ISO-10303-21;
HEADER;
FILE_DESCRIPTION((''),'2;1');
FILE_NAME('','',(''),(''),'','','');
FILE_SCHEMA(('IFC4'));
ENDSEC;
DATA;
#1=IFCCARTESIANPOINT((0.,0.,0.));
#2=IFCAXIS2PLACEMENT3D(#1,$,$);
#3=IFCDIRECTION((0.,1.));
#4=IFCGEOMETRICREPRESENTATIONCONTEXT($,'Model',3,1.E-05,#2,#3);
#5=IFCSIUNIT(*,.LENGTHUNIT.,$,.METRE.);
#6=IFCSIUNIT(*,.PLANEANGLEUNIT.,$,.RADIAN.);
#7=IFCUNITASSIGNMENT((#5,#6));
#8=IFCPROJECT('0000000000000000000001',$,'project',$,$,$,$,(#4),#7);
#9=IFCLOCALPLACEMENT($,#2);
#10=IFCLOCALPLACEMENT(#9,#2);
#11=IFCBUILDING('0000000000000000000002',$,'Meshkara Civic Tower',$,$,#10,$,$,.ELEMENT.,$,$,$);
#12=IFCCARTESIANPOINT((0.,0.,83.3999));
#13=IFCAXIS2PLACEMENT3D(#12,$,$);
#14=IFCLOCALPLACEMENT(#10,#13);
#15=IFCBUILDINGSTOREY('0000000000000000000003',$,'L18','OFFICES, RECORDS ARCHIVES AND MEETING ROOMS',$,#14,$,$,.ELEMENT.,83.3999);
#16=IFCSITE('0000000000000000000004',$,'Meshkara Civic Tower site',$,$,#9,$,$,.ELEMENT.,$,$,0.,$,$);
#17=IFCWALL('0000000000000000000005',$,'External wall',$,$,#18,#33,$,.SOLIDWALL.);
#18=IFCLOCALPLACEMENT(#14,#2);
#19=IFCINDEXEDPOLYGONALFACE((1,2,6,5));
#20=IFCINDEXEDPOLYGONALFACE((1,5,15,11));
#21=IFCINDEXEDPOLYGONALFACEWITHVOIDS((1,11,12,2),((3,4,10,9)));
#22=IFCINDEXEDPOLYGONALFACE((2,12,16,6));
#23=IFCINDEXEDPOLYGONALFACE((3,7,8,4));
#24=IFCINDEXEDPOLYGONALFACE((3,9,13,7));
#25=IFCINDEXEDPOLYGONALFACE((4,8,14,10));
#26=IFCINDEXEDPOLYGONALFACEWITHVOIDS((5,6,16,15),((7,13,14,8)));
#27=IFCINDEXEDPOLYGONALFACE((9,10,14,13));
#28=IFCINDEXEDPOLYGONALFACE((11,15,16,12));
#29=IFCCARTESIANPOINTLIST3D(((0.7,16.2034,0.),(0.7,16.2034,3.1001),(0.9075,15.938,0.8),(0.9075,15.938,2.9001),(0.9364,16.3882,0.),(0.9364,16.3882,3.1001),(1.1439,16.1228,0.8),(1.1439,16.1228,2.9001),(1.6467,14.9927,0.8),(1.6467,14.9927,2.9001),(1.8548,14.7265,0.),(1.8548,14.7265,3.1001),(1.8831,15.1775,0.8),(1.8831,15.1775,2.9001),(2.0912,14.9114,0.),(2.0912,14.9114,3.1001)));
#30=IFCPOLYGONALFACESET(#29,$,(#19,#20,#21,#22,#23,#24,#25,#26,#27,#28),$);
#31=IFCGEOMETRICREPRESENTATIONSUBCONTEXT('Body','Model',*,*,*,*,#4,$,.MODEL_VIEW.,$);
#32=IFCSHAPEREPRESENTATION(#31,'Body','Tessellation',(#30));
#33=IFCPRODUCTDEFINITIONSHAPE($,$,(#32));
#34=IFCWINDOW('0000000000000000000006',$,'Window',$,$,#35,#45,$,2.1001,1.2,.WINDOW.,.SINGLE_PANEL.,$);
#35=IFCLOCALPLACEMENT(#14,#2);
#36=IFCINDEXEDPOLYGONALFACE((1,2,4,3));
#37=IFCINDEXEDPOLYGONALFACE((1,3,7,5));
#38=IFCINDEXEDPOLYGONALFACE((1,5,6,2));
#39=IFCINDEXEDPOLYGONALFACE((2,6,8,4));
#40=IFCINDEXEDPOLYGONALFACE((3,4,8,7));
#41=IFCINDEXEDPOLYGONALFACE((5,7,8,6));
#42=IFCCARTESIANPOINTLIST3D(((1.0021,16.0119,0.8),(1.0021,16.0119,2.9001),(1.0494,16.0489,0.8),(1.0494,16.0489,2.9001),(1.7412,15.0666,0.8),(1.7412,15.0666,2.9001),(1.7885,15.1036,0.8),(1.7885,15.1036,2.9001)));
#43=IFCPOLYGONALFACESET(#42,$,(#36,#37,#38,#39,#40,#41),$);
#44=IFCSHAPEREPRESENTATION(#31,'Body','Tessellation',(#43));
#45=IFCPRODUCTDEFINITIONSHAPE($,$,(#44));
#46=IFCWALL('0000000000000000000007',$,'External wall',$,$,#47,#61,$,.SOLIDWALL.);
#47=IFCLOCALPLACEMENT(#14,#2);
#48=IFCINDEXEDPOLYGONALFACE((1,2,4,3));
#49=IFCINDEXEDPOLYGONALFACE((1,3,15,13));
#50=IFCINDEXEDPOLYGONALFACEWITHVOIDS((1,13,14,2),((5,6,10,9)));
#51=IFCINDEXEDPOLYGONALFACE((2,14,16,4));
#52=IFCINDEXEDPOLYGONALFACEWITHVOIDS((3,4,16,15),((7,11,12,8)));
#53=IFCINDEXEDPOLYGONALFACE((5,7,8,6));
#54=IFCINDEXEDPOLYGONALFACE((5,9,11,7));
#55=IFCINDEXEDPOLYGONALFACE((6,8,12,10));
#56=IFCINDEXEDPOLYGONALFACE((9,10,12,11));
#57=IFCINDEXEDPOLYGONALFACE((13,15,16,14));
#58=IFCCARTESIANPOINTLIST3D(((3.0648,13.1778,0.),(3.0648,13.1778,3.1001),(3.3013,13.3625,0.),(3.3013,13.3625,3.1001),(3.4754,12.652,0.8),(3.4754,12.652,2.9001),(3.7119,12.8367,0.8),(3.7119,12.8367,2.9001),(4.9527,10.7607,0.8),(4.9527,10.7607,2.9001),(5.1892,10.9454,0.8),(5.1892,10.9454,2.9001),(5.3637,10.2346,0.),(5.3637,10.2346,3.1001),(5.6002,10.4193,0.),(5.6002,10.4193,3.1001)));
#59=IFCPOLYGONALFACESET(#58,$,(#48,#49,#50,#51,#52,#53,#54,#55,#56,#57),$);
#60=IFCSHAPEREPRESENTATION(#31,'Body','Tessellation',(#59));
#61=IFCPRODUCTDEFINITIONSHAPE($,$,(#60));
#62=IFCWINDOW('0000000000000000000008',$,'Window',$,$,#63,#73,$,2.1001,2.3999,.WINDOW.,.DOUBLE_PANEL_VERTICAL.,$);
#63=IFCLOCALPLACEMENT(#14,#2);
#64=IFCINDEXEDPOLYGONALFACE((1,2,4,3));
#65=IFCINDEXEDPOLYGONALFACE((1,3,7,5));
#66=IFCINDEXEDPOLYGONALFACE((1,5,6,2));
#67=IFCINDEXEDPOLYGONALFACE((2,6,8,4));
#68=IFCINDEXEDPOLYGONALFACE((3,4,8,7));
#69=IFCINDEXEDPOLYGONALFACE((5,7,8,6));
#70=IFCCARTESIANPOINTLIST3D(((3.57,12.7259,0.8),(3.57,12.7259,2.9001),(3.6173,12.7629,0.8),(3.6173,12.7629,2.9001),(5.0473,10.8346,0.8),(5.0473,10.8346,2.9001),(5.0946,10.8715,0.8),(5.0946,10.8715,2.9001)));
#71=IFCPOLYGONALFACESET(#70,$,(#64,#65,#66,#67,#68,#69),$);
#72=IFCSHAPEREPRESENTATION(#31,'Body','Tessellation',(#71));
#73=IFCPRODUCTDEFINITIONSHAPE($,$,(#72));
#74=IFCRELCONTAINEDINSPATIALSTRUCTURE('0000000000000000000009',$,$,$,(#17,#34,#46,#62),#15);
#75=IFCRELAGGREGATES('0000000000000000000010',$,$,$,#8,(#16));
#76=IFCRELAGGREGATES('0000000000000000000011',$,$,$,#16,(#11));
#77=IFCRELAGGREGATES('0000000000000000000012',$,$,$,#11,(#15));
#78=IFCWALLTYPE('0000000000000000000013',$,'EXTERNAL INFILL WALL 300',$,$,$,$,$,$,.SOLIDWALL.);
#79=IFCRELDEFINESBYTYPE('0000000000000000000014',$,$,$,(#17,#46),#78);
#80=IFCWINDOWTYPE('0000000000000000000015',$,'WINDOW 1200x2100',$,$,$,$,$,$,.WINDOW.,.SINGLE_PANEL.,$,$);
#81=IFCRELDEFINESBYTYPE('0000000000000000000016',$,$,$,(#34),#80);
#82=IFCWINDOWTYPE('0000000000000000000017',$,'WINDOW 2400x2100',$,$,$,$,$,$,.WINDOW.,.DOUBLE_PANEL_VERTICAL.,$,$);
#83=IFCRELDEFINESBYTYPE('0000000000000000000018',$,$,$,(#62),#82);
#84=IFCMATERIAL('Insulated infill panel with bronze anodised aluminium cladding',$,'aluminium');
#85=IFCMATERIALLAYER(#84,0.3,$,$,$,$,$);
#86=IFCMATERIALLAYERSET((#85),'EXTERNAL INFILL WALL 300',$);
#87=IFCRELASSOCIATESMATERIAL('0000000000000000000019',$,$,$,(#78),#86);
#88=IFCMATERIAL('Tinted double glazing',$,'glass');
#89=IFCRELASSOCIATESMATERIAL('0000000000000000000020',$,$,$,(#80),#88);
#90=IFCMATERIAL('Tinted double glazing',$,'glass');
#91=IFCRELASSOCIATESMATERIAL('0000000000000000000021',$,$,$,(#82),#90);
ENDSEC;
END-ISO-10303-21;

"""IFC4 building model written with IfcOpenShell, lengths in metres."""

from ifc_helpers import new_model, si_unit, direction, frame, frame_2d, origin, place, context, subcontext, project, spatial, rectangle, extrude, material, layer, layer_set, type_object, element, fill, save


model = new_model("IFC4")

# Units and contexts
model_context = context("Model", 3, precision=1e-05, world=origin(), true_north=direction((0.0, 1.0)))
body_context = subcontext(model_context, "Body", "Model", "MODEL_VIEW")
ifc_project = project(units=[si_unit("LENGTHUNIT", "METRE"), si_unit("PLANEANGLEUNIT", "RADIAN")], contexts=[model_context])

# Site, building, storey
site_placement = place(None, origin())
site = spatial("IfcSite", under=ifc_project, at=site_placement, Name="Meshkara Civic Tower site", CompositionType="ELEMENT", RefElevation=0.0)
building_placement = place(site_placement, origin())
building = spatial("IfcBuilding", under=site, at=building_placement, Name="Meshkara Civic Tower", CompositionType="ELEMENT")
storey_placement = place(building_placement, frame((0.0, 0.0, 83.3999)))
storey = spatial("IfcBuildingStorey", under=building, at=storey_placement, Name="L18", Description="OFFICES, RECORDS ARCHIVES AND MEETING ROOMS", CompositionType="ELEMENT", Elevation=83.3999)

# Walls, openings, windows
ifc_material_1 = material(Name="Insulated infill panel with bronze anodised aluminium cladding", Category="aluminium")
ifc_layer_1 = layer(ifc_material_1, 0.3)
ifc_layer_set_1 = layer_set([ifc_layer_1], Name="EXTERNAL INFILL WALL 300")
wall_type_1 = type_object("IfcWallType", Name="EXTERNAL INFILL WALL 300", PredefinedType="SOLIDWALL", material=ifc_layer_set_1)
wall_1_placement = place(storey_placement, frame((0.8181, 16.2959, 0.0), z_axis=(0.0, 0.0, 1.0), x_axis=(0.615985, -0.787758, 0.0)))
wall_1 = element("IfcWall", 1, at=wall_1_placement, inside=storey, type_object=wall_type_1, Name="External wall", PredefinedType="SOLIDWALL", context=body_context, shape_type="SweptSolid", body=[
    extrude(rectangle(XDim=1.8748, YDim=0.3, at=frame_2d((0.9375, 0.0))), origin(), (0.0, 0.0, 1.0), 3.1001),
])
opening_1_placement = place(wall_1_placement, frame((0.3369, 0.0, 0.8)))
opening_1 = element("IfcOpeningElement", 2, at=opening_1_placement, cuts=wall_1, PredefinedType="OPENING", context=body_context, shape_type="SweptSolid", body=[
    extrude(rectangle(XDim=1.2, YDim=2.1001, at=frame_2d((0.6001, 1.05))), frame((0.0, 0.1599, 0.0), z_axis=(0.0, -1.0, 0.0), x_axis=(1.0, 0.0, 0.0)), (0.0, 0.0, 1.0), 0.3201),
])
ifc_material_2 = material(Name="Tinted double glazing", Category="glass")
window_type_1 = type_object("IfcWindowType", Name="WINDOW 1200x2100", PartitioningType="SINGLE_PANEL", PredefinedType="WINDOW", material=ifc_material_2)
window_1_placement = place(opening_1_placement, origin())
window_1 = element("IfcWindow", 3, at=window_1_placement, inside=storey, type_object=window_type_1, Name="Window", OverallHeight=2.1001, OverallWidth=1.2, PartitioningType="SINGLE_PANEL", PredefinedType="WINDOW", context=body_context, shape_type="SweptSolid", body=[
    extrude(rectangle(XDim=1.2, YDim=2.1001, at=frame_2d((0.6001, 1.05))), frame((0.0, 0.03, 0.0), z_axis=(0.0, -1.0, 0.0), x_axis=(1.0, 0.0, 0.0)), (0.0, 0.0, 1.0), 0.0601),
])
fill(opening_1, window_1)
wall_2_placement = place(storey_placement, frame((3.1831, 13.27, 0.0), z_axis=(0.0, 0.0, 1.0), x_axis=(0.615564, -0.788087, 0.0)))
wall_2 = element("IfcWall", 4, at=wall_2_placement, inside=storey, type_object=wall_type_1, Name="External wall", PredefinedType="SOLIDWALL", context=body_context, shape_type="SweptSolid", body=[
    extrude(rectangle(XDim=3.7346, YDim=0.3, at=frame_2d((1.8672, 0.0))), origin(), (0.0, 0.0, 1.0), 3.1001),
])
opening_2_placement = place(wall_2_placement, frame((0.667, 0.0, 0.8)))
opening_2 = element("IfcOpeningElement", 5, at=opening_2_placement, cuts=wall_2, PredefinedType="OPENING", context=body_context, shape_type="SweptSolid", body=[
    extrude(rectangle(XDim=2.3999, YDim=2.1001, at=frame_2d((1.2, 1.05))), frame((0.0, 0.1599, 0.0), z_axis=(0.0, -1.0, 0.0), x_axis=(1.0, 0.0, 0.0)), (0.0, 0.0, 1.0), 0.3201),
])
ifc_material_3 = material(Name="Tinted double glazing", Category="glass")
window_type_2 = type_object("IfcWindowType", Name="WINDOW 2400x2100", PartitioningType="DOUBLE_PANEL_VERTICAL", PredefinedType="WINDOW", material=ifc_material_3)
window_2_placement = place(opening_2_placement, origin())
window_2 = element("IfcWindow", 6, at=window_2_placement, inside=storey, type_object=window_type_2, Name="Window", OverallHeight=2.1001, OverallWidth=2.3999, PartitioningType="DOUBLE_PANEL_VERTICAL", PredefinedType="WINDOW", context=body_context, shape_type="SweptSolid", body=[
    extrude(rectangle(XDim=2.3999, YDim=2.1001, at=frame_2d((1.2, 1.05))), frame((0.0, 0.03, 0.0), z_axis=(0.0, -1.0, 0.0), x_axis=(1.0, 0.0, 0.0)), (0.0, 0.0, 1.0), 0.0601),
])
fill(opening_2, window_2)

save(model, "model.ifc")
